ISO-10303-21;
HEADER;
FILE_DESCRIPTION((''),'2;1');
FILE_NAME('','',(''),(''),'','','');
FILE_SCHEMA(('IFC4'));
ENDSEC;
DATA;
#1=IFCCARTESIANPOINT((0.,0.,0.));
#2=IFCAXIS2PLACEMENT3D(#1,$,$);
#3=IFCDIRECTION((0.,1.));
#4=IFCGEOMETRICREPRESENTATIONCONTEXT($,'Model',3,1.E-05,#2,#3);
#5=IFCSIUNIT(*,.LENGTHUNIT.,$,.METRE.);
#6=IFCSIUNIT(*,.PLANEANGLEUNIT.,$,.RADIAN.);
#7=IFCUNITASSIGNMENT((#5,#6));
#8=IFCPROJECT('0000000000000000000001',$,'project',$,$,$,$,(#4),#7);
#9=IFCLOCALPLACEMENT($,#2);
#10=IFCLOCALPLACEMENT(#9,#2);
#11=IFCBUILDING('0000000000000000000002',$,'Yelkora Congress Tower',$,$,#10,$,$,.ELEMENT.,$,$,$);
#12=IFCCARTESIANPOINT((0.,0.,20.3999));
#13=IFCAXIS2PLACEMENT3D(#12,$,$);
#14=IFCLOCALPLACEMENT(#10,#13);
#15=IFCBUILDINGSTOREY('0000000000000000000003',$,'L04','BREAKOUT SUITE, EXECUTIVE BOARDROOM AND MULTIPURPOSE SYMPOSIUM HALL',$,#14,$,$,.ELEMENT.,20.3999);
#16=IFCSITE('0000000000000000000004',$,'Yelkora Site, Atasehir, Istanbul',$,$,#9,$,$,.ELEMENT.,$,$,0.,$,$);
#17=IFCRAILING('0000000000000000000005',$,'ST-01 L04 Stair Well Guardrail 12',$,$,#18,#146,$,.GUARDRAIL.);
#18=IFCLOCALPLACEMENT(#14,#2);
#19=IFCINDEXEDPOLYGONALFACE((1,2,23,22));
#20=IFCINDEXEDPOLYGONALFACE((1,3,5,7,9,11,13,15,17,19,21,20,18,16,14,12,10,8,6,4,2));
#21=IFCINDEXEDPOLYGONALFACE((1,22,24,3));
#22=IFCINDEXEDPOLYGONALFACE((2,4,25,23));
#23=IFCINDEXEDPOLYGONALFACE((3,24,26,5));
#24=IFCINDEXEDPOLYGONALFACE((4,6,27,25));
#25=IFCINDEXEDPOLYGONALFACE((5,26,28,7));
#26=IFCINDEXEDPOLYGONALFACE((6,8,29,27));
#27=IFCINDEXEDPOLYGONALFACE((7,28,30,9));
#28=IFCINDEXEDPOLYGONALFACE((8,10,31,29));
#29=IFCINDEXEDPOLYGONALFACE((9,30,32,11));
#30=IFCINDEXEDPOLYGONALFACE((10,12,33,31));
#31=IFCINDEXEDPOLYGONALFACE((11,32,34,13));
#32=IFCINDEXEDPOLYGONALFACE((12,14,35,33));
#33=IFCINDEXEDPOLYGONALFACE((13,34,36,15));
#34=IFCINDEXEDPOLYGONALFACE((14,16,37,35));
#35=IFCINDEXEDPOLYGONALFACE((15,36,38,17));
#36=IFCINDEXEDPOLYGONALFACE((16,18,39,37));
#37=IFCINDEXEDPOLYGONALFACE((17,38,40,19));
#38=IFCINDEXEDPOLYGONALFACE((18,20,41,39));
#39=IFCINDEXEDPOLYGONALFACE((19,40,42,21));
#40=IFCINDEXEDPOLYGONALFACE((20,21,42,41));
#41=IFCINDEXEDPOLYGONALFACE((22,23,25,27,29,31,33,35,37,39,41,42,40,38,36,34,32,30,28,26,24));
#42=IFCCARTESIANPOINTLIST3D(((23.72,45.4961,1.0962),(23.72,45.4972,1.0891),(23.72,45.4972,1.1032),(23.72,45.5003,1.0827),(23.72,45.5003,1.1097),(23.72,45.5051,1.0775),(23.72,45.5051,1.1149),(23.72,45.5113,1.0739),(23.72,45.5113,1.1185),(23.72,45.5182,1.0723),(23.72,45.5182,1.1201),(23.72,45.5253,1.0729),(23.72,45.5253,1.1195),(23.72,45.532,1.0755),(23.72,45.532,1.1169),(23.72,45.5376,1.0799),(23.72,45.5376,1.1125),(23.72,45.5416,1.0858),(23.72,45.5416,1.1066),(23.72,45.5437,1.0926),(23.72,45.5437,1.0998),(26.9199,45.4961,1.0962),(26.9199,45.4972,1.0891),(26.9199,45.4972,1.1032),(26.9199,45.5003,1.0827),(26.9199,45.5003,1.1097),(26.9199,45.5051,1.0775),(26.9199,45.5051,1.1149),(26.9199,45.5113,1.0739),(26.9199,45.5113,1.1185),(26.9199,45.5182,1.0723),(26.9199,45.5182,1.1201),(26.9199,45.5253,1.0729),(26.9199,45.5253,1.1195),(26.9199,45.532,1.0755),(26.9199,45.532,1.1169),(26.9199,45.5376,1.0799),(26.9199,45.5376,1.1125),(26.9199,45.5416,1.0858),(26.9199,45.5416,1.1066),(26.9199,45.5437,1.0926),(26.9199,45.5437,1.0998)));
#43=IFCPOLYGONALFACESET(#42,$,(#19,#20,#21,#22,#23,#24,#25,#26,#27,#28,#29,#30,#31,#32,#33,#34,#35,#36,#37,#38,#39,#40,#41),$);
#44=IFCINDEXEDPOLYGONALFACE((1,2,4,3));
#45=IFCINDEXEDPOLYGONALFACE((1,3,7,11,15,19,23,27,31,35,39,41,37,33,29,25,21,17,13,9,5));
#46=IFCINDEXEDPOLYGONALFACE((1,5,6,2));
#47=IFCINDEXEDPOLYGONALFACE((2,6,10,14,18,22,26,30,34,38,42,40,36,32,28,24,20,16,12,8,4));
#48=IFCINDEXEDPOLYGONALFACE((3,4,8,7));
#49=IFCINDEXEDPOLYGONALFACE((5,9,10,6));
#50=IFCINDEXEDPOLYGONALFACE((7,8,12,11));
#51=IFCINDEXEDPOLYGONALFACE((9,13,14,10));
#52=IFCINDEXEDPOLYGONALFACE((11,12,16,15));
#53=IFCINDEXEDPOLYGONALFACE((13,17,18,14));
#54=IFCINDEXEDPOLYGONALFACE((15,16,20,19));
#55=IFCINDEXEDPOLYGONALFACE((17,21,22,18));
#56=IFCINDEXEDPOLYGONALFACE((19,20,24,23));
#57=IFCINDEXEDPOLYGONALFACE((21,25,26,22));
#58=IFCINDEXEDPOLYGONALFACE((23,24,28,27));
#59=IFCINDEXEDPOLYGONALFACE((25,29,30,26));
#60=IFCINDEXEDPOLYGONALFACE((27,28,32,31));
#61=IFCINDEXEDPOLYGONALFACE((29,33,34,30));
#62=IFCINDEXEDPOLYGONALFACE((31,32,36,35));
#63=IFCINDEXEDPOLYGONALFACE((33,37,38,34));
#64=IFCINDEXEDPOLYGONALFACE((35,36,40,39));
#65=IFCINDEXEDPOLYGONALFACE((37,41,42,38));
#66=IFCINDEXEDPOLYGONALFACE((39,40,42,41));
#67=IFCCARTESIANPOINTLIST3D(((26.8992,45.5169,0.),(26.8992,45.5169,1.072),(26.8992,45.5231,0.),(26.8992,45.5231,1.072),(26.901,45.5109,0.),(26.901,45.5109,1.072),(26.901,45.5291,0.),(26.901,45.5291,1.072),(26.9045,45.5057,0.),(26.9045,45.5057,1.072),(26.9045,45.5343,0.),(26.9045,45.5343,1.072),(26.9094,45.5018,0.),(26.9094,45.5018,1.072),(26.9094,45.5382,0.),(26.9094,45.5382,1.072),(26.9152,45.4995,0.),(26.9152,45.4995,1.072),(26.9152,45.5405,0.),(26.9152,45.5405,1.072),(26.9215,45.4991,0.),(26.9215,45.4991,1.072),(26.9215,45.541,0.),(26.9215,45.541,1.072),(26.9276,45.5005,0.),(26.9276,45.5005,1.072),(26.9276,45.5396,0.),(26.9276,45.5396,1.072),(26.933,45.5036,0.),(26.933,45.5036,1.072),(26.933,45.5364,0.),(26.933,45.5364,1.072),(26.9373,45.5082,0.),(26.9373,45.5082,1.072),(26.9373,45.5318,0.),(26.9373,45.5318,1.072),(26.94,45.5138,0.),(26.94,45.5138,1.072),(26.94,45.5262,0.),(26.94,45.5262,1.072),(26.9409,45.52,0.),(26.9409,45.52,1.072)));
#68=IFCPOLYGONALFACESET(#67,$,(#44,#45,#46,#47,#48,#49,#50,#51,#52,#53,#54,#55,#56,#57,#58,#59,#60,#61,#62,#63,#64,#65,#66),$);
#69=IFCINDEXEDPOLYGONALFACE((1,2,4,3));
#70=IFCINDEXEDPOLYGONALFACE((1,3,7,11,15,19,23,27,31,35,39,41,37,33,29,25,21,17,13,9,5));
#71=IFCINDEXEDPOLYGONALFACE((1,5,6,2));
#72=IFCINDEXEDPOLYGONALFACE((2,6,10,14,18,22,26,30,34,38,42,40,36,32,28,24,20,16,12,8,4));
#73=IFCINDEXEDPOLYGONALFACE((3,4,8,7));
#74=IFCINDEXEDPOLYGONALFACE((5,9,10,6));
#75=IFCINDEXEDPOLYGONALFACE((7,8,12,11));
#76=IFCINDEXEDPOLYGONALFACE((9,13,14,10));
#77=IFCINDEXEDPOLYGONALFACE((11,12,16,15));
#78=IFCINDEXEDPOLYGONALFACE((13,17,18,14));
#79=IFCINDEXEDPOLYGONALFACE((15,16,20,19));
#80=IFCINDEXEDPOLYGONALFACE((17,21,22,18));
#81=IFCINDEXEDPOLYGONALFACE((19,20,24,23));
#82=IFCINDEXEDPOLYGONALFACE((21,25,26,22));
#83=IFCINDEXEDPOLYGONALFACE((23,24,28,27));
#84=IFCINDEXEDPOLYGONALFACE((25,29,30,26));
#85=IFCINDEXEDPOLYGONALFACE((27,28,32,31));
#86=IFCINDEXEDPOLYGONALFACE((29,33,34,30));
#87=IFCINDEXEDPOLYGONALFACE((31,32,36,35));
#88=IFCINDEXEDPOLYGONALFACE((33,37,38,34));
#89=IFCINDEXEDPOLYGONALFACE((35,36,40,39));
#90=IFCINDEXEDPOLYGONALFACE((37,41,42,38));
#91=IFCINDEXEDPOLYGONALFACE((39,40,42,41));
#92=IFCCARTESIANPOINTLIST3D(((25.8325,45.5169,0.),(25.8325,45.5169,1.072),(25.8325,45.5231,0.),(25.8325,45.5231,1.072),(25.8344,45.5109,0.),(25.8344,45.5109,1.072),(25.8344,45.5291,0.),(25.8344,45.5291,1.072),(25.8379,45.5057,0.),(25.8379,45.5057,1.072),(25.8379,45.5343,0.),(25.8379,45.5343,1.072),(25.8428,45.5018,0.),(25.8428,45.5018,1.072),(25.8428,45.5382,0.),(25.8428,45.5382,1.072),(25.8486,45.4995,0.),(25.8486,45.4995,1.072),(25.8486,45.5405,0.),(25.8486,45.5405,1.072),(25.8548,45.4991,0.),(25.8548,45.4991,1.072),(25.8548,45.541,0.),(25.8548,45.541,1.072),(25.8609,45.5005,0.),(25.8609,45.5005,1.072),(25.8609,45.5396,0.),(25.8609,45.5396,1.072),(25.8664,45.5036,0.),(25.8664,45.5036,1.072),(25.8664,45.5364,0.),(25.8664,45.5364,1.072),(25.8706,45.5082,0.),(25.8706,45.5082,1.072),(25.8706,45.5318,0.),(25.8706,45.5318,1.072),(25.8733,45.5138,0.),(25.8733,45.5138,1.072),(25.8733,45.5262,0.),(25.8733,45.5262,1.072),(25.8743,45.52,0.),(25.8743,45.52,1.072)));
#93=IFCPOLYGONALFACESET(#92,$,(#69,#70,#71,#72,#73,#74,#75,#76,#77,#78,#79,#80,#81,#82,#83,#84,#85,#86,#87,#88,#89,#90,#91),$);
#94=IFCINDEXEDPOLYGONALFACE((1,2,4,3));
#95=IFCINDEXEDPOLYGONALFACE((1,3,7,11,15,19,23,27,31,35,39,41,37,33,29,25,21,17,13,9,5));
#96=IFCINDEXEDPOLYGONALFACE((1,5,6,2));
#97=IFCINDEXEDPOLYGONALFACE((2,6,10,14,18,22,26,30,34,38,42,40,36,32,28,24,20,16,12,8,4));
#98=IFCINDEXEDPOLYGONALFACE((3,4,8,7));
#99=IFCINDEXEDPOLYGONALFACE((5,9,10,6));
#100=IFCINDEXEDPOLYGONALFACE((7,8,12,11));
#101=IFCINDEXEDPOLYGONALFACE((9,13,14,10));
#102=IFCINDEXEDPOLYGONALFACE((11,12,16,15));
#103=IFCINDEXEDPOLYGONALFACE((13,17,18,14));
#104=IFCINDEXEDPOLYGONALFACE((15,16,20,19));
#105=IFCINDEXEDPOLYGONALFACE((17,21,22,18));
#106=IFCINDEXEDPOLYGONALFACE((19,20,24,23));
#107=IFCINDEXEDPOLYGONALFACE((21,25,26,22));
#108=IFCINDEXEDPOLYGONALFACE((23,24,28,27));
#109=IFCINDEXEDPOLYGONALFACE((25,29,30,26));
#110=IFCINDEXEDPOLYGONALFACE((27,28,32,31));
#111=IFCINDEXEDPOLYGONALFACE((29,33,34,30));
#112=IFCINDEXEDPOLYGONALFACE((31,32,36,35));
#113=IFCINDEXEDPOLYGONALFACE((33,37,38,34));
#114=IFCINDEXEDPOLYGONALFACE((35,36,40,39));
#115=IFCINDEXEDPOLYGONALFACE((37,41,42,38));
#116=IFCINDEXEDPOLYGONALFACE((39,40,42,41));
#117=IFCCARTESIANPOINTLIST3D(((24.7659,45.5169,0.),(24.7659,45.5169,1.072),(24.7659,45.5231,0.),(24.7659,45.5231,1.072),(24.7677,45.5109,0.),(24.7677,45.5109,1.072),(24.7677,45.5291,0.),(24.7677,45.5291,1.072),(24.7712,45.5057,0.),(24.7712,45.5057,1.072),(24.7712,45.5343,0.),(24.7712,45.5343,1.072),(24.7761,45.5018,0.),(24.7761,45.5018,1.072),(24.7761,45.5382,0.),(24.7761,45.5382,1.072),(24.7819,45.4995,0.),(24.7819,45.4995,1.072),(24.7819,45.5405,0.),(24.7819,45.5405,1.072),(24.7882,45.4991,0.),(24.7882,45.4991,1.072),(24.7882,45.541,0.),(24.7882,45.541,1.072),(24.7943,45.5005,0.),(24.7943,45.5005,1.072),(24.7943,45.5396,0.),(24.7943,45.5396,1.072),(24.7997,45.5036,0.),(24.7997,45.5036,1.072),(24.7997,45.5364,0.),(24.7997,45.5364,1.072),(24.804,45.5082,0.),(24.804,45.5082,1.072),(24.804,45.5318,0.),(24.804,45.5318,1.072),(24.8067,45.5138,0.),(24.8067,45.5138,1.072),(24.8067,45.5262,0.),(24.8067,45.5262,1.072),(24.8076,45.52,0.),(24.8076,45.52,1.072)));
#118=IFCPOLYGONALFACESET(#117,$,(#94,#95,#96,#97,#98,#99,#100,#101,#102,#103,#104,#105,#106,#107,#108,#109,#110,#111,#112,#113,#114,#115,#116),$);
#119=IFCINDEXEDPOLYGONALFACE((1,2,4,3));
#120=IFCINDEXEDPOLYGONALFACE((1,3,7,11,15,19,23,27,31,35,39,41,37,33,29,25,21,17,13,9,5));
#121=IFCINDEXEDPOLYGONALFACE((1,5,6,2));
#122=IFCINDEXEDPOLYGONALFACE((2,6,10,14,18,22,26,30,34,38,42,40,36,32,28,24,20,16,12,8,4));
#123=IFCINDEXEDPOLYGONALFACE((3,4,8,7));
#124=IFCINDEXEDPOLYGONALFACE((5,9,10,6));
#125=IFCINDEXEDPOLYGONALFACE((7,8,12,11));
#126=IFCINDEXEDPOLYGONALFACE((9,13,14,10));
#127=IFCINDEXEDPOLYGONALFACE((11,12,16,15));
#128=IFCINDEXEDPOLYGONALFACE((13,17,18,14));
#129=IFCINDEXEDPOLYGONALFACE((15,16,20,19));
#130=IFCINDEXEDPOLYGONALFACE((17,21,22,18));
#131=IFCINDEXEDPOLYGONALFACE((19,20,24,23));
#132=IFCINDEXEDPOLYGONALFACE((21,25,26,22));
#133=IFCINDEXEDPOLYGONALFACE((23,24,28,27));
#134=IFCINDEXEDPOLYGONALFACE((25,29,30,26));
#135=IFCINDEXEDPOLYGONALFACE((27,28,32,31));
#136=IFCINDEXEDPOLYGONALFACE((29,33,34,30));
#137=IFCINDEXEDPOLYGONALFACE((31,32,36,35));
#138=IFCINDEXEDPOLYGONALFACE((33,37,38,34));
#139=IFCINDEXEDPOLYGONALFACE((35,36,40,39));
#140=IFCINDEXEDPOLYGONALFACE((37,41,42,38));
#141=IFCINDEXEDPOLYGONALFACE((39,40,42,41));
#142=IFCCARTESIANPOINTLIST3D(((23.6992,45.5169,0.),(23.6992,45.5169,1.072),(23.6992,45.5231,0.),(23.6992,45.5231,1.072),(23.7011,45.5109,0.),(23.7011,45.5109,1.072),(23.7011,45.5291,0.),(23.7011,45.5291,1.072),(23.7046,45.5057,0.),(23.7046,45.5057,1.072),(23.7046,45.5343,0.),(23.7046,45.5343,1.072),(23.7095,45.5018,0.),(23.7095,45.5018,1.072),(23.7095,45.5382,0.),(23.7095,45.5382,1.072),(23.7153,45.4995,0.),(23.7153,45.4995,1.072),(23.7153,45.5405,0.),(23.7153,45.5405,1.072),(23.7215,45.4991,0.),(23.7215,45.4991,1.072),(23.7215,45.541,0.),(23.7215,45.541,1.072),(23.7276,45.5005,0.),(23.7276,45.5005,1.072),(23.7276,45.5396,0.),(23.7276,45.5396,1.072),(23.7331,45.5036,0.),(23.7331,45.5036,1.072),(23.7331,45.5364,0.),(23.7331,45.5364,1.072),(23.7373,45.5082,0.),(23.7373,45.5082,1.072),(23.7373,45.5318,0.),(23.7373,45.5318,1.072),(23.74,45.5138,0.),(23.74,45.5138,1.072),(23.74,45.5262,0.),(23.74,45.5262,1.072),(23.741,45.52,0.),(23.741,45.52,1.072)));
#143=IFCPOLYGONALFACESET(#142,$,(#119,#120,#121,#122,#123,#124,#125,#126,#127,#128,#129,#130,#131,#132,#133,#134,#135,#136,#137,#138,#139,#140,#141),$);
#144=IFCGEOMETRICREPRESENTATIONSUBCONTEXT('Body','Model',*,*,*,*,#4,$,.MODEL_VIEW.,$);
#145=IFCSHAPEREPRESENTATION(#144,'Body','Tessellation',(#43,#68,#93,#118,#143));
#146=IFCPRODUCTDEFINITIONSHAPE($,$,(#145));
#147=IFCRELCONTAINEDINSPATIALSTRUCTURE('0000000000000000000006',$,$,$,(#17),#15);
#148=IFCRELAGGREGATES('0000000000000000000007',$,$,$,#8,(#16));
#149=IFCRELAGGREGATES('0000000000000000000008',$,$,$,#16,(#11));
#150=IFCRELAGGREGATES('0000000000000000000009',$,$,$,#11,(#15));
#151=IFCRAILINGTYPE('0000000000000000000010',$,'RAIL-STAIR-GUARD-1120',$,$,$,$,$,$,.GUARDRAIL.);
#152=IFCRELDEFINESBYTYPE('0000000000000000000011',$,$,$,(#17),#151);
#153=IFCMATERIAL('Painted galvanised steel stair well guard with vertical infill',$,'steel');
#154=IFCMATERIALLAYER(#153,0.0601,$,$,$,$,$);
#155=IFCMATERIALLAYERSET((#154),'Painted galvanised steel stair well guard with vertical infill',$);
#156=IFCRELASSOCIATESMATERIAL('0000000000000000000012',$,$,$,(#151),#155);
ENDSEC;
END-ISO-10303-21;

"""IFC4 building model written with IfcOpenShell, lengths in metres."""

from ifc_helpers import new_model, si_unit, direction, frame, origin, origin_2d, place, context, subcontext, project, spatial, circle, extrude, material, layer, layer_set, type_object, element, save


model = new_model("IFC4")

# Units and contexts
model_context = context("Model", 3, precision=1e-05, world=origin(), true_north=direction((0.0, 1.0)))
body_context = subcontext(model_context, "Body", "Model", "MODEL_VIEW")
ifc_project = project(units=[si_unit("LENGTHUNIT", "METRE"), si_unit("PLANEANGLEUNIT", "RADIAN")], contexts=[model_context])

# Site, building, storey
site_placement = place(None, origin())
site = spatial("IfcSite", under=ifc_project, at=site_placement, Name="Yelkora Site, Atasehir, Istanbul", CompositionType="ELEMENT", RefElevation=0.0)
building_placement = place(site_placement, origin())
building = spatial("IfcBuilding", under=site, at=building_placement, Name="Yelkora Congress Tower", CompositionType="ELEMENT")
storey_placement = place(building_placement, frame((0.0, 0.0, 20.3999)))
storey = spatial("IfcBuildingStorey", under=building, at=storey_placement, Name="L04", Description="BREAKOUT SUITE, EXECUTIVE BOARDROOM AND MULTIPURPOSE SYMPOSIUM HALL", CompositionType="ELEMENT", Elevation=20.3999)

# Railing
ifc_material_1 = material(Name="Painted galvanised steel stair well guard with vertical infill", Category="steel")
ifc_layer_1 = layer(ifc_material_1, 0.0601)
ifc_layer_set_1 = layer_set([ifc_layer_1], Name="Painted galvanised steel stair well guard with vertical infill")
railing_type_1 = type_object("IfcRailingType", Name="RAIL-STAIR-GUARD-1120", PredefinedType="GUARDRAIL", material=ifc_layer_set_1)
railing_1_placement = place(storey_placement, frame((26.9199, 45.52, 0.0)))
element("IfcRailing", 1, at=railing_1_placement, inside=storey, type_object=railing_type_1, Name="ST-01 L04 Stair Well Guardrail 12", PredefinedType="GUARDRAIL", context=body_context, shape_type="SweptSolid", body=[
    extrude(circle(Radius=0.0239, at=origin_2d()), frame((0.0, 0.0, 1.0962), z_axis=(-1.0, 0.0, 0.0), x_axis=(0.0, -1.0, 0.0)), (0.0, 0.0, 1.0), 3.2),
    extrude(circle(Radius=0.021, at=origin_2d()), origin(), (0.0, 0.0, 1.0), 1.072),
    extrude(circle(Radius=0.021, at=origin_2d()), frame((-1.0667, 0.0, 0.0)), (0.0, 0.0, 1.0), 1.072),
    extrude(circle(Radius=0.021, at=origin_2d()), frame((-2.1333, 0.0, 0.0)), (0.0, 0.0, 1.0), 1.072),
    extrude(circle(Radius=0.021, at=origin_2d()), frame((-3.2, 0.0, 0.0)), (0.0, 0.0, 1.0), 1.072),
])

save(model, "model.ifc")
